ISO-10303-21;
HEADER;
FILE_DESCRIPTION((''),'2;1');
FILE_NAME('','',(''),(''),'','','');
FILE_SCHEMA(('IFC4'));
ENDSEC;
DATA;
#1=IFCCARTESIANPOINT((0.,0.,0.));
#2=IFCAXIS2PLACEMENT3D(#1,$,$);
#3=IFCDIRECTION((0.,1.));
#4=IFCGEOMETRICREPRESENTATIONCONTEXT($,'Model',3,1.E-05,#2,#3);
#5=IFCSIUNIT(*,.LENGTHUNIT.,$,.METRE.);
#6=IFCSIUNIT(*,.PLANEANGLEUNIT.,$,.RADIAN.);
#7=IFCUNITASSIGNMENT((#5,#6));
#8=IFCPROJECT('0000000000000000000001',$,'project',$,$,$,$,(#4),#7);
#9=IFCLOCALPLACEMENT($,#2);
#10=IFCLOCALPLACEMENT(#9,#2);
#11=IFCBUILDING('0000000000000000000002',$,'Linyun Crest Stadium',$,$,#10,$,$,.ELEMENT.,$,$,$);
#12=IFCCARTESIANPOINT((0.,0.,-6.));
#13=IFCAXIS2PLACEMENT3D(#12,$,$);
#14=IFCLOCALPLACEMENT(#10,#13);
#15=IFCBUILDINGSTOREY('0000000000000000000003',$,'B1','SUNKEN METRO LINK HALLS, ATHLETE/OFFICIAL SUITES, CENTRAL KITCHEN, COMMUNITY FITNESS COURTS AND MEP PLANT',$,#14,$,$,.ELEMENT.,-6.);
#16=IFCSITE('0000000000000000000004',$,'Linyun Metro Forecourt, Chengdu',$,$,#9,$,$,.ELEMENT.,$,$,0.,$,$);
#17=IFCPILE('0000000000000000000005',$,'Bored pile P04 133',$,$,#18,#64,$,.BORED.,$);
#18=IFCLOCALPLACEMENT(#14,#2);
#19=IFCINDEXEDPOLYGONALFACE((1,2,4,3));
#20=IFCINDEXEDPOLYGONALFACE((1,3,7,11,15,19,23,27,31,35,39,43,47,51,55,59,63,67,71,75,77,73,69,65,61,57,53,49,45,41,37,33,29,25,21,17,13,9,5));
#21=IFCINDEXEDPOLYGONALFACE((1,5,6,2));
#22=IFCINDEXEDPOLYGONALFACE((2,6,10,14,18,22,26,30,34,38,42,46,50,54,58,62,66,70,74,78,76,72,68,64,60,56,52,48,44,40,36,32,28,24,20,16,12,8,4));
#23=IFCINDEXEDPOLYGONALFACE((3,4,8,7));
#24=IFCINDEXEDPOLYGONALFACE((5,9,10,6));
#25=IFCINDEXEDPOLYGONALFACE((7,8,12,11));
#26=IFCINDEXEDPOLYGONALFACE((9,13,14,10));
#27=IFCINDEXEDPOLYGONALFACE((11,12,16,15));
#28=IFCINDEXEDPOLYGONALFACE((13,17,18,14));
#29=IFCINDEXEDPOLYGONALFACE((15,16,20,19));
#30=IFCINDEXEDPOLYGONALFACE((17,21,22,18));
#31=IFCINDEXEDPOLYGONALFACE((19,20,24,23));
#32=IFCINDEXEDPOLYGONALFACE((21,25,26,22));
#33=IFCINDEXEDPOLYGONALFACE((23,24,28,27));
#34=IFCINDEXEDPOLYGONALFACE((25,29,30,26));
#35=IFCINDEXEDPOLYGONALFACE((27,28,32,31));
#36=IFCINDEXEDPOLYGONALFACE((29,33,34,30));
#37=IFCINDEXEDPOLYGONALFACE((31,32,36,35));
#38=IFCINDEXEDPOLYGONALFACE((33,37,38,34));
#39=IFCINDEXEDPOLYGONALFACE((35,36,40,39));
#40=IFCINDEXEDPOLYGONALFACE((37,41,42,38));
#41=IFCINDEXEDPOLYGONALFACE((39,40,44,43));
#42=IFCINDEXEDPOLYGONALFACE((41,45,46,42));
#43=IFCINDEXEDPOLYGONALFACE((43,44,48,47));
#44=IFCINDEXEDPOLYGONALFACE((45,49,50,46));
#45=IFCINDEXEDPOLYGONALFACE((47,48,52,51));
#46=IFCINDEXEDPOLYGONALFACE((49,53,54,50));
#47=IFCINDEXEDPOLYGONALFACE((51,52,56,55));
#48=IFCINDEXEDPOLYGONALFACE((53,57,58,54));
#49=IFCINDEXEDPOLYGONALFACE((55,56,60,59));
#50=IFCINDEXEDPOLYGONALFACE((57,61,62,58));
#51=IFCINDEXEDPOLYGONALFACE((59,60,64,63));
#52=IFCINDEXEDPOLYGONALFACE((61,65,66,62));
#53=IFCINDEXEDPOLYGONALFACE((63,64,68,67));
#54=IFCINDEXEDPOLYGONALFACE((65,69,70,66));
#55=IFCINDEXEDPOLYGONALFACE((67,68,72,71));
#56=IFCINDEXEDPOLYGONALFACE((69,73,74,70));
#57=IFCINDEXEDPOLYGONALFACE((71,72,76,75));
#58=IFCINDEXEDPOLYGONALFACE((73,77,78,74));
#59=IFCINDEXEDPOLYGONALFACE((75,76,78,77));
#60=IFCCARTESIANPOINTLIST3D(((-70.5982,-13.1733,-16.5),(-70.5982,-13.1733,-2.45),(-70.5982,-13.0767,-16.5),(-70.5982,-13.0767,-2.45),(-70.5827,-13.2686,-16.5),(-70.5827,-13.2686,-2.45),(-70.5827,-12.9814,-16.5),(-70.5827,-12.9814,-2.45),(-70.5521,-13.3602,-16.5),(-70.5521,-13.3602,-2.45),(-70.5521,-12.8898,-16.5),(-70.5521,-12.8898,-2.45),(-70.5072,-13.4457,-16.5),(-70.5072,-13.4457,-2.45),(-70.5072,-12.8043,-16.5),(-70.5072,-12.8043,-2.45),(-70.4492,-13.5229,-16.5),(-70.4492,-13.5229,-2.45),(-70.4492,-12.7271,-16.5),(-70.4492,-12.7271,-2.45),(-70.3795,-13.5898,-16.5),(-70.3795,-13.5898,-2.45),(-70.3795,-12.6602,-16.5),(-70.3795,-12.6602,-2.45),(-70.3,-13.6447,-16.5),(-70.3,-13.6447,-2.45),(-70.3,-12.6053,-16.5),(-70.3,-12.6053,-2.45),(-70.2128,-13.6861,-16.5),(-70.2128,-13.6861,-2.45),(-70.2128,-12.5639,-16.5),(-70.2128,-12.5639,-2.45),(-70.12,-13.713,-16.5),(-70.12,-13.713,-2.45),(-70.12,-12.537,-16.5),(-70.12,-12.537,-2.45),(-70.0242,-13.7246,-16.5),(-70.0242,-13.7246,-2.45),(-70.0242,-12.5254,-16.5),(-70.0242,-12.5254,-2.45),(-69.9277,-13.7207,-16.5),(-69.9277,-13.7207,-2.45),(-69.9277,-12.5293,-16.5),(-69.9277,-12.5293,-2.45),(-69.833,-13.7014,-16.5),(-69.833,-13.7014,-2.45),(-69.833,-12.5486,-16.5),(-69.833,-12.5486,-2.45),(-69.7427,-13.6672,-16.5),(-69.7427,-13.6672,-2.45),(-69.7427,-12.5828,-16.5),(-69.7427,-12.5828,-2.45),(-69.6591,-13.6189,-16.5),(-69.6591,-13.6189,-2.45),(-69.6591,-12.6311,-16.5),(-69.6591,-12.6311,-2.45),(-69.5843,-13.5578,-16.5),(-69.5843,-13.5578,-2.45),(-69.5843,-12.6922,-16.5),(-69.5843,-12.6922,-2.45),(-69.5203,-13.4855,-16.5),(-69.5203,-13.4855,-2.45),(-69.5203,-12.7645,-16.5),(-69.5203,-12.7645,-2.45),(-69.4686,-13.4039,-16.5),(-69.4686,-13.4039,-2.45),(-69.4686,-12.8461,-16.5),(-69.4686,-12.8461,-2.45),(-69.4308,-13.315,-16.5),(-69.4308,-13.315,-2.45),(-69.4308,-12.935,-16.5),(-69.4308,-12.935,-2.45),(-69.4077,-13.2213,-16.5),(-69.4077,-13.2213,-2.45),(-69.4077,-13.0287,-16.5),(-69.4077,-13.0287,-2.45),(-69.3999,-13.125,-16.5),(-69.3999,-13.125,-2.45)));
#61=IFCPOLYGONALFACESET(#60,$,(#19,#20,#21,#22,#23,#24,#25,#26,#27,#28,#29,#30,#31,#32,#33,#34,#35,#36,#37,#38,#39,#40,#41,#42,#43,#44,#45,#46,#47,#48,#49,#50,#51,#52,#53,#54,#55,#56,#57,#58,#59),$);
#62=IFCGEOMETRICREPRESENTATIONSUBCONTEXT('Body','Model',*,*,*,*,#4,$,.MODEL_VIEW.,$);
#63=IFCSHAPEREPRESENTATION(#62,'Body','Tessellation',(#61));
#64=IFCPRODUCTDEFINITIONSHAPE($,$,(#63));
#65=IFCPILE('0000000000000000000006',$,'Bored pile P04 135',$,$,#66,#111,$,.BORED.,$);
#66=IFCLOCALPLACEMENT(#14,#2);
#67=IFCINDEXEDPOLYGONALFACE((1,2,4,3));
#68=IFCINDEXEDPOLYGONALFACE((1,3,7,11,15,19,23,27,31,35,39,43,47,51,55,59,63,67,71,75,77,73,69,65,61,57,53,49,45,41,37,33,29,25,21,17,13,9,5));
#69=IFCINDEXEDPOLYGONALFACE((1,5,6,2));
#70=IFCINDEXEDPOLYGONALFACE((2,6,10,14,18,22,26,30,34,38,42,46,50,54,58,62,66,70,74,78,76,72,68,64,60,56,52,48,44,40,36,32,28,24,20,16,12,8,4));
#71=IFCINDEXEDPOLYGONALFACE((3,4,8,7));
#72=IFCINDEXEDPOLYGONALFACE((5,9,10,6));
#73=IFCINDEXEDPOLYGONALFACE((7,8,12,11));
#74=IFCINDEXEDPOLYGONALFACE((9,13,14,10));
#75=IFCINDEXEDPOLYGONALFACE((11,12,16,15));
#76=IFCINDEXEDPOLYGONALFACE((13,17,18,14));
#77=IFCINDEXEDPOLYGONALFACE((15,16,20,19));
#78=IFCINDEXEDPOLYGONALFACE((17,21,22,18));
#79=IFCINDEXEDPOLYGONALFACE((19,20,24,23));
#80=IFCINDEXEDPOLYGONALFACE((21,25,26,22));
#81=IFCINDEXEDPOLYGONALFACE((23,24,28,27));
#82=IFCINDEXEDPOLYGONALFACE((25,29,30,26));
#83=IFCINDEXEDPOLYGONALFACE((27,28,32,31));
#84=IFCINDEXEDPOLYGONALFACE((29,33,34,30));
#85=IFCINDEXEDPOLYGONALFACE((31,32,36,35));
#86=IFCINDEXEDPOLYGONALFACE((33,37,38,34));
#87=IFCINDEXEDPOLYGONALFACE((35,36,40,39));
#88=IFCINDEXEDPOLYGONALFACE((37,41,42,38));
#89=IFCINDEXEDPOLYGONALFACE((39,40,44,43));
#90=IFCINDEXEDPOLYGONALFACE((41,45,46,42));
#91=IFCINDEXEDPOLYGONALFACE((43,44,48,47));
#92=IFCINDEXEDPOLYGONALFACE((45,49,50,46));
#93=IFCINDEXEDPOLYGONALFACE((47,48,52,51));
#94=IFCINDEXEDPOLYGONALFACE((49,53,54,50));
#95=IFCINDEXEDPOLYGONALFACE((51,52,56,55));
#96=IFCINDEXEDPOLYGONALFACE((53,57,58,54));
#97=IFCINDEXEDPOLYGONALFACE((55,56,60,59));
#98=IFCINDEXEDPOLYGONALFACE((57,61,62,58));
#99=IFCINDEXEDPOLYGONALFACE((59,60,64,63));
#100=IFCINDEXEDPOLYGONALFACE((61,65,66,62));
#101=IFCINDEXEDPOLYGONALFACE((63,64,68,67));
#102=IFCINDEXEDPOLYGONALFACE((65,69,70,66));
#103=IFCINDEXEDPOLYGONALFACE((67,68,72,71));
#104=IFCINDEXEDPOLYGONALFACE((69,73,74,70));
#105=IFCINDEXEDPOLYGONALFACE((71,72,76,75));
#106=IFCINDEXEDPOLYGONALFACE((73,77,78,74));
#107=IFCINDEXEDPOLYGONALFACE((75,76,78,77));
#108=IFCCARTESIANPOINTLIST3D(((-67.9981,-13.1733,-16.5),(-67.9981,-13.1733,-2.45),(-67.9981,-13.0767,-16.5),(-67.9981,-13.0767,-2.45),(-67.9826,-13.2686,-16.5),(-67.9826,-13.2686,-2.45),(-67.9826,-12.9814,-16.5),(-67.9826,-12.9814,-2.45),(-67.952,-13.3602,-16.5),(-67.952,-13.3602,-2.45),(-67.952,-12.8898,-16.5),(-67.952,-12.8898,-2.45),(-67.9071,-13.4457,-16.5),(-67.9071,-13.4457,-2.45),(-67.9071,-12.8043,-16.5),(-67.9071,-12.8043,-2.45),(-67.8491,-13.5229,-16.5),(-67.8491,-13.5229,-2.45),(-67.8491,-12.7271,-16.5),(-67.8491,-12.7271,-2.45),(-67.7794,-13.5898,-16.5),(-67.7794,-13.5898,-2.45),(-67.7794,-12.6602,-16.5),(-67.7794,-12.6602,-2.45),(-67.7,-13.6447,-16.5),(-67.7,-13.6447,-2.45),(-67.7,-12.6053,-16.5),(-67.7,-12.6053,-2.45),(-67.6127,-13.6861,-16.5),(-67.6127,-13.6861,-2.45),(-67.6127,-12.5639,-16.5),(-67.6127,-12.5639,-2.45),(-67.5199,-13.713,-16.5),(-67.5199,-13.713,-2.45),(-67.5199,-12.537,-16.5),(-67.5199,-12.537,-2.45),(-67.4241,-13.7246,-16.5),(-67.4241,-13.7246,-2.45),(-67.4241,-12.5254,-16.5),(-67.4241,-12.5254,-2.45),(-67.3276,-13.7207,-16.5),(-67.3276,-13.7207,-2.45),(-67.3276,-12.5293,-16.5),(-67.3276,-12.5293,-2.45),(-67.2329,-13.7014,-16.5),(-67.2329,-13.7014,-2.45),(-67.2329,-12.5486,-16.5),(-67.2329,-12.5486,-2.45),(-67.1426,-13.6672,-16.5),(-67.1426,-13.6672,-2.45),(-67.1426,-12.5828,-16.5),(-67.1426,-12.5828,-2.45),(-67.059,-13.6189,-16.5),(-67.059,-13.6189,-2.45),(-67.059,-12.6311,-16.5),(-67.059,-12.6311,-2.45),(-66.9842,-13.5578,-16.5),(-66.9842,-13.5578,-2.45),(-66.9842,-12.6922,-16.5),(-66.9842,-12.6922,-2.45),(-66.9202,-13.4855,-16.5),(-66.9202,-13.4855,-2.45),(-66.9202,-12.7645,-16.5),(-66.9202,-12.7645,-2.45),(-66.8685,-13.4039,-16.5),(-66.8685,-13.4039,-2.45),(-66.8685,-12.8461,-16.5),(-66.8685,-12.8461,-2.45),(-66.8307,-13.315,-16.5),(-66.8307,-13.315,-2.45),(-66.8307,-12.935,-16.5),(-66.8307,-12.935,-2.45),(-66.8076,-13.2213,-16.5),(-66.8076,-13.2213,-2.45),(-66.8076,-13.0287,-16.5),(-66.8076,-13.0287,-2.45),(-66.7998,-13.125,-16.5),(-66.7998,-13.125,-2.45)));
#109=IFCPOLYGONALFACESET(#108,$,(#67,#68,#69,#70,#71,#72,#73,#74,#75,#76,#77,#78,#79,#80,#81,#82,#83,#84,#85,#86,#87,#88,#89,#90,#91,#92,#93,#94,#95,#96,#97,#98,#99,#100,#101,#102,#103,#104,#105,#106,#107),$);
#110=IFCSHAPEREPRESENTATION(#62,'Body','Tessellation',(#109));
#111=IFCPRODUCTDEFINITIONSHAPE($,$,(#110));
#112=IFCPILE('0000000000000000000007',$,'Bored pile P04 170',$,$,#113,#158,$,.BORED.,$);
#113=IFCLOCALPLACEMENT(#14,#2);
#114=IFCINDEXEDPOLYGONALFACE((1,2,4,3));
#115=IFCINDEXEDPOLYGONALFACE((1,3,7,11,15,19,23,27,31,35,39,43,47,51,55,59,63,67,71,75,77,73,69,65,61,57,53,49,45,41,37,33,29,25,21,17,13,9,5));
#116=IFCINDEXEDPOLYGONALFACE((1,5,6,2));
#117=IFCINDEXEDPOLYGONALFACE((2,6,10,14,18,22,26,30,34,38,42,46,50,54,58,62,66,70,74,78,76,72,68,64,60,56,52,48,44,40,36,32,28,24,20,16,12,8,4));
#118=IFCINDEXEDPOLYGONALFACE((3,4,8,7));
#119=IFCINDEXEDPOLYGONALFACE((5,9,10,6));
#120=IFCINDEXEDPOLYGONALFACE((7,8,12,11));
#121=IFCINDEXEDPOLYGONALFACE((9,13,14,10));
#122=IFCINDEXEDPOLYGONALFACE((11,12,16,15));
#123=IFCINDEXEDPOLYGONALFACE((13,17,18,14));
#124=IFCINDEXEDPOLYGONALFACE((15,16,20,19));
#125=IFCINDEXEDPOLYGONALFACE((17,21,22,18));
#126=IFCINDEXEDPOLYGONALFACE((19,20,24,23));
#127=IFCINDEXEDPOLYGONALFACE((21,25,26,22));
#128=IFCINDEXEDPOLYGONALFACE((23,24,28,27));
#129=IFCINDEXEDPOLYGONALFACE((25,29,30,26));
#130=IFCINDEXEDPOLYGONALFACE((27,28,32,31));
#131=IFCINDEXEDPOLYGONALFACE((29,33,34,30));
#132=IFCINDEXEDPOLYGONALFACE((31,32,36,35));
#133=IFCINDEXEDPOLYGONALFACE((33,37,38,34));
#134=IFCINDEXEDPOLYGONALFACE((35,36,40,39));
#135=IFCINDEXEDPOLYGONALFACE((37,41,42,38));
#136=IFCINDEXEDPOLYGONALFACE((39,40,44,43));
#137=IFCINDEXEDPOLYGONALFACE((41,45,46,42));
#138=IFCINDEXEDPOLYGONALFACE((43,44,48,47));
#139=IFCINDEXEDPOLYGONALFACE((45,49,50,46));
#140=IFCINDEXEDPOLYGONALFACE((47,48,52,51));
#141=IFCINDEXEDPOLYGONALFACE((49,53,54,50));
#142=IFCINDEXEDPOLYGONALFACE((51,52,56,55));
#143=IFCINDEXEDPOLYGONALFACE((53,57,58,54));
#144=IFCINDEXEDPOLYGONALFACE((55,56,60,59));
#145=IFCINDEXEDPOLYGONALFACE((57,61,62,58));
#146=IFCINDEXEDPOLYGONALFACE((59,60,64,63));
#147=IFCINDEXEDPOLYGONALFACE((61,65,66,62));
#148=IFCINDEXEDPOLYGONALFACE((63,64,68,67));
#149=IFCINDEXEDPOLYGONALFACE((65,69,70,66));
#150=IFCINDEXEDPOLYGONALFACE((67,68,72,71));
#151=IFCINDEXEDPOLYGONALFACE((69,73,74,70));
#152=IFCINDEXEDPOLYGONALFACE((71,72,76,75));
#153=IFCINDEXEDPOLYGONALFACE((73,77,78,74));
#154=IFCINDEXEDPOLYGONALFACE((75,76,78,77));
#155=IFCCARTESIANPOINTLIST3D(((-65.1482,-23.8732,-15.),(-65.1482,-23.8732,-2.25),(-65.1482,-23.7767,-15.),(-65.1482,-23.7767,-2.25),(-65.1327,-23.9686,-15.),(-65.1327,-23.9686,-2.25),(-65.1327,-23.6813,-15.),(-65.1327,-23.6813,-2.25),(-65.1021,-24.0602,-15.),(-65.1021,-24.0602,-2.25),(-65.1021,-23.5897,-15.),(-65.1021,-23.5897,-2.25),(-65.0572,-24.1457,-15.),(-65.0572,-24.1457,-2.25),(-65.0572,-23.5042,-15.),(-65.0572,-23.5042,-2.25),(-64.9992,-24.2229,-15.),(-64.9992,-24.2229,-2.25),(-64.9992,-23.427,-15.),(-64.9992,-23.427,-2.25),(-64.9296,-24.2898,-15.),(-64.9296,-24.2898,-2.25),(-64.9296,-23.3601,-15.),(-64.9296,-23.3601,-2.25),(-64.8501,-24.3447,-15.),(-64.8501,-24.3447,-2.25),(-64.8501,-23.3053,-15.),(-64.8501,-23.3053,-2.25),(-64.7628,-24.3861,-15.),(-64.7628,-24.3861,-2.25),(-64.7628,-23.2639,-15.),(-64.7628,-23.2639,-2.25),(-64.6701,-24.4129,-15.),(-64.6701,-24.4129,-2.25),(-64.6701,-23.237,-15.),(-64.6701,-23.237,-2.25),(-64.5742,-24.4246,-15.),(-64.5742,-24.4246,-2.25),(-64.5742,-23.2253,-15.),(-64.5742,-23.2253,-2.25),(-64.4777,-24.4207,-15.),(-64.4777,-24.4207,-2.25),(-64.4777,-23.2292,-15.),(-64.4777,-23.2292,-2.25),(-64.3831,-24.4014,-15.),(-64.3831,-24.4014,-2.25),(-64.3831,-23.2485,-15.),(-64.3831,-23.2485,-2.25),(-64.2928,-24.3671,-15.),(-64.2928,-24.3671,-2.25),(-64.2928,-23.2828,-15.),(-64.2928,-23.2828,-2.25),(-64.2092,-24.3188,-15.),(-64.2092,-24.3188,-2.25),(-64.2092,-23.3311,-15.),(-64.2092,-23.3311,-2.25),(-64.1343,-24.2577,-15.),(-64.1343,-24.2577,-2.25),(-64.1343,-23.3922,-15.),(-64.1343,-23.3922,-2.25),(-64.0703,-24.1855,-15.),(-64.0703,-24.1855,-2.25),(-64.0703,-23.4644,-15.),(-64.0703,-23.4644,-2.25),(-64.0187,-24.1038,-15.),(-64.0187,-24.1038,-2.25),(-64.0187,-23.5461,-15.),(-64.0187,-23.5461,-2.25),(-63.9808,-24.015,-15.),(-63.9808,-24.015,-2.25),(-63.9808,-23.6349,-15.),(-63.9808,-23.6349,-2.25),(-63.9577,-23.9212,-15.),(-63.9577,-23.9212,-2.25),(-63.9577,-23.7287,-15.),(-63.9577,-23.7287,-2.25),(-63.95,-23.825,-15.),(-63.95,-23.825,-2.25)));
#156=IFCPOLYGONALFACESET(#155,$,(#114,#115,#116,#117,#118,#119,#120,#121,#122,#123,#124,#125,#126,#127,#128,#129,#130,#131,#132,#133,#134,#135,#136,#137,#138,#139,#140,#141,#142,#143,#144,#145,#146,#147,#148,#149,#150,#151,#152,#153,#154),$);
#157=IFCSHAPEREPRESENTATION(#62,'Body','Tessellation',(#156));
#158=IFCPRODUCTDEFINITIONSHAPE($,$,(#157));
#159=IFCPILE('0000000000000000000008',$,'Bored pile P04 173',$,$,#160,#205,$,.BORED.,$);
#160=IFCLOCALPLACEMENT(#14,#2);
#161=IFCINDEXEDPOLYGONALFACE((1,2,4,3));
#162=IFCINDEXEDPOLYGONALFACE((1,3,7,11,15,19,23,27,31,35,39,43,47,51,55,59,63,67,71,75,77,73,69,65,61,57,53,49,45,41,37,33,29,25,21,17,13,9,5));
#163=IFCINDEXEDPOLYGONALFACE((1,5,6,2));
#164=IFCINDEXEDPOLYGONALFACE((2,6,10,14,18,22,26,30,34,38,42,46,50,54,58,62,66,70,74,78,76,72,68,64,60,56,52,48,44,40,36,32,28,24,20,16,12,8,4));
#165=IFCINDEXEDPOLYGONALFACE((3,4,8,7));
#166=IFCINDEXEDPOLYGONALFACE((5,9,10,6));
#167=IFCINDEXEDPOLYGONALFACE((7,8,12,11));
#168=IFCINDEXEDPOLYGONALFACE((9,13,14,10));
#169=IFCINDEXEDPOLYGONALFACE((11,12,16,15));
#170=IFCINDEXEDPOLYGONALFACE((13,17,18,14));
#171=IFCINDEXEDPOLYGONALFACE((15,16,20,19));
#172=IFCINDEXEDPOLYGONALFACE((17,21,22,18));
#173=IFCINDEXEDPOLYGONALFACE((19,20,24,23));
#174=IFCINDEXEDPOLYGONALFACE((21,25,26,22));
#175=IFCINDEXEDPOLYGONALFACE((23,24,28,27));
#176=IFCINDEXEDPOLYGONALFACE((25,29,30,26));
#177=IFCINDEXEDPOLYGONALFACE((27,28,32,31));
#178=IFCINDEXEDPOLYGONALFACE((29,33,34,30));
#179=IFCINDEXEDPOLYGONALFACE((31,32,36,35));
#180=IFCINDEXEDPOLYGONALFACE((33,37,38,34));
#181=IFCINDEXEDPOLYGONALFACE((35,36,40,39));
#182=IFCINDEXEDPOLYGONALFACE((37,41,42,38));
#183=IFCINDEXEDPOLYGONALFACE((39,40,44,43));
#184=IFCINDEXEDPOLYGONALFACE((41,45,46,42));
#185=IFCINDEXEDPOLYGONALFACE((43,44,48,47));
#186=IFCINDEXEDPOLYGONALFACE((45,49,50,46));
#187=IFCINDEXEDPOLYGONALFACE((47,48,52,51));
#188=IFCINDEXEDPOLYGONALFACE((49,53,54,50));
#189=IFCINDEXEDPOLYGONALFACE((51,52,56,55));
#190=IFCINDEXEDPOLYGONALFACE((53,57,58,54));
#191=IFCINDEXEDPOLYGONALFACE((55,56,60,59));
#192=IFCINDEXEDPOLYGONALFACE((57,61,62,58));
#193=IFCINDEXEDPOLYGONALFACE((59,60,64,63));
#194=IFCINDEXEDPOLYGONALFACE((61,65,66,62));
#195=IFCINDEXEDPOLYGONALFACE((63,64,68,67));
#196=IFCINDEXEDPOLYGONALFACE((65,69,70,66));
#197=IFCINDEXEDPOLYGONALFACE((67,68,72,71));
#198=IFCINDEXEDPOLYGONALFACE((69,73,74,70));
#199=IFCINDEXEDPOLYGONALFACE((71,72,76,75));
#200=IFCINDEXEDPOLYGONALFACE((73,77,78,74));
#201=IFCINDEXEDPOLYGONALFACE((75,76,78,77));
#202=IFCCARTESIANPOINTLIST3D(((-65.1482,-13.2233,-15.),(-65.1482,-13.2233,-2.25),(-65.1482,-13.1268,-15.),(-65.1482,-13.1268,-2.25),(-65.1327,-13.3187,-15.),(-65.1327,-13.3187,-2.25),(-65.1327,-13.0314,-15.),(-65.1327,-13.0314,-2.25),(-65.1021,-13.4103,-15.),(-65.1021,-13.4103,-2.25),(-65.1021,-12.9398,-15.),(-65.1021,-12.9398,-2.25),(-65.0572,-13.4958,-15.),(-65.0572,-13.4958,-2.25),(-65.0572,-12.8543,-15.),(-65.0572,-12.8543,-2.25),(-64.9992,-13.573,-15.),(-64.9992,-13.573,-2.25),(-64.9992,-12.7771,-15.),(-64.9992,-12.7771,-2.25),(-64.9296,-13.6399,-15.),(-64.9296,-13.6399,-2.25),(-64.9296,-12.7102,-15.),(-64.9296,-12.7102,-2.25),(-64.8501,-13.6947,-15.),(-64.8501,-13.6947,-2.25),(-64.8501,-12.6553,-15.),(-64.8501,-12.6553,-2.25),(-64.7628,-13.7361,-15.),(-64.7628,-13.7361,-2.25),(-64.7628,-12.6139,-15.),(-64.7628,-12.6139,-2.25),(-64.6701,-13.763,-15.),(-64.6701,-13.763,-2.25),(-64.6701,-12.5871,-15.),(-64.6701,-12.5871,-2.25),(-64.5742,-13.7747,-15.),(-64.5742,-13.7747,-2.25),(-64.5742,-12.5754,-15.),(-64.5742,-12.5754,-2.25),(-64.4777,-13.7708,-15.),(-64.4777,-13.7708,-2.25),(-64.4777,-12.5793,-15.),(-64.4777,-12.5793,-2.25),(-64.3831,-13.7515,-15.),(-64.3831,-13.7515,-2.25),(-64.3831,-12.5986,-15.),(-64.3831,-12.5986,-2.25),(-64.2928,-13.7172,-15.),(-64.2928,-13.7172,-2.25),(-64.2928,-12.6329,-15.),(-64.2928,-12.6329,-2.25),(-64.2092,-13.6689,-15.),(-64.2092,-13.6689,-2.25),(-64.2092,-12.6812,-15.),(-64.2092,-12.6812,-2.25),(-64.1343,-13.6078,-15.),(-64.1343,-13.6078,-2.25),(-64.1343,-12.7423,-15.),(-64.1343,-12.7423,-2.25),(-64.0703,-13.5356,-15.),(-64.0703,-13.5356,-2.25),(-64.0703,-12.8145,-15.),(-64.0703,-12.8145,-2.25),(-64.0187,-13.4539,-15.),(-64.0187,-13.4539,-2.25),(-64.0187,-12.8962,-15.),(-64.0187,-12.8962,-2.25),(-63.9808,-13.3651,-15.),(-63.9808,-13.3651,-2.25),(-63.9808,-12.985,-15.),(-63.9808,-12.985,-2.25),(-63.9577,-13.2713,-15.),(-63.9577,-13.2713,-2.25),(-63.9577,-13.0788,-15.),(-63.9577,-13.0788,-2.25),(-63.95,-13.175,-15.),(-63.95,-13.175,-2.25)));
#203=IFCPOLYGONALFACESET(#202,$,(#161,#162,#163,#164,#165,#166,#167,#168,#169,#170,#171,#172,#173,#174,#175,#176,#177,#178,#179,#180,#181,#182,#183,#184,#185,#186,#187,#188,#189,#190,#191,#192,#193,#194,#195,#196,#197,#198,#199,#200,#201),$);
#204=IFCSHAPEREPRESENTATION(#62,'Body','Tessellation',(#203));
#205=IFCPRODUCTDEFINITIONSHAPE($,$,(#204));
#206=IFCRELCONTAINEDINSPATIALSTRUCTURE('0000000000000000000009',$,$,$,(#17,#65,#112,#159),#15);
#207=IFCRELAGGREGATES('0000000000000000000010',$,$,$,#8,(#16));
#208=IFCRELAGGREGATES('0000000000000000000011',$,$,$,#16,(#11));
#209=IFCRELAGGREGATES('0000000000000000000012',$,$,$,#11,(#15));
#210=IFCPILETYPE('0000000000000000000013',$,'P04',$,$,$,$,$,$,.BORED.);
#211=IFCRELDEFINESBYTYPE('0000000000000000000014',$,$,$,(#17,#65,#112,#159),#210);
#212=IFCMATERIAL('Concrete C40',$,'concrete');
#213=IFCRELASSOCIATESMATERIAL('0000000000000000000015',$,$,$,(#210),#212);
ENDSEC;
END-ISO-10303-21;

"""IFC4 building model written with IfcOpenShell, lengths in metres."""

from ifc_helpers import new_model, si_unit, direction, frame, origin, origin_2d, place, context, subcontext, project, spatial, circle, extrude, material, material_profile, profile_set, type_object, element, save


model = new_model("IFC4")

# Units and contexts
model_context = context("Model", 3, precision=1e-05, world=origin(), true_north=direction((0.0, 1.0)))
body_context = subcontext(model_context, "Body", "Model", "MODEL_VIEW")
ifc_project = project(units=[si_unit("LENGTHUNIT", "METRE"), si_unit("PLANEANGLEUNIT", "RADIAN")], contexts=[model_context])

# Site, building, storey
site_placement = place(None, origin())
site = spatial("IfcSite", under=ifc_project, at=site_placement, Name="Linyun Metro Forecourt, Chengdu", CompositionType="ELEMENT", RefElevation=0.0)
building_placement = place(site_placement, origin())
building = spatial("IfcBuilding", under=site, at=building_placement, Name="Linyun Crest Stadium", CompositionType="ELEMENT")
storey_placement = place(building_placement, frame((0.0, 0.0, -6.0)))
storey = spatial("IfcBuildingStorey", under=building, at=storey_placement, Name="B1", Description="SUNKEN METRO LINK HALLS, ATHLETE/OFFICIAL SUITES, CENTRAL KITCHEN, COMMUNITY FITNESS COURTS AND MEP PLANT", CompositionType="ELEMENT", Elevation=-6.0)

# Piles
ifc_material_1 = material(Name="Concrete C40", Category="concrete")
ifc_material_profile_1 = material_profile(ifc_material_1, circle(Radius=0.6001, at=origin_2d()), Name="BORED PILE 1200")
ifc_profile_set_1 = profile_set([ifc_material_profile_1], Name="Concrete C40")
pile_type_1 = type_object("IfcPileType", Name="P04", PredefinedType="BORED", material=ifc_profile_set_1)
for number, where, z_axis, x_axis, name in (
    (1, (-70.0, -13.125, -2.45), (0.0, 0.0, -1.0), (1.0, 0.0, 0.0), "Bored pile P04 133"),
    (2, (-67.3999, -13.125, -2.45), (0.0, 0.0, -1.0), (1.0, 0.0, 0.0), "Bored pile P04 135"),
):
    element("IfcPile", number, at=place(storey_placement, frame(where, z_axis=z_axis, x_axis=x_axis)), inside=storey, type_object=pile_type_1, Name=name, PredefinedType="BORED", context=body_context, shape_type="SweptSolid", body=[
        extrude(circle(Radius=0.6001, at=origin_2d()), origin(), (0.0, 0.0, 1.0), 14.05),
    ])
for number, where, z_axis, x_axis, name in (
    (3, (-64.55, -23.825, -2.25), (0.0, 0.0, -1.0), (1.0, 0.0, 0.0), "Bored pile P04 170"),
    (4, (-64.55, -13.175, -2.25), (0.0, 0.0, -1.0), (1.0, 0.0, 0.0), "Bored pile P04 173"),
):
    element("IfcPile", number, at=place(storey_placement, frame(where, z_axis=z_axis, x_axis=x_axis)), inside=storey, type_object=pile_type_1, Name=name, PredefinedType="BORED", context=body_context, shape_type="SweptSolid", body=[
        extrude(circle(Radius=0.6001, at=origin_2d()), origin(), (0.0, 0.0, 1.0), 12.75),
    ])

save(model, "model.ifc")
